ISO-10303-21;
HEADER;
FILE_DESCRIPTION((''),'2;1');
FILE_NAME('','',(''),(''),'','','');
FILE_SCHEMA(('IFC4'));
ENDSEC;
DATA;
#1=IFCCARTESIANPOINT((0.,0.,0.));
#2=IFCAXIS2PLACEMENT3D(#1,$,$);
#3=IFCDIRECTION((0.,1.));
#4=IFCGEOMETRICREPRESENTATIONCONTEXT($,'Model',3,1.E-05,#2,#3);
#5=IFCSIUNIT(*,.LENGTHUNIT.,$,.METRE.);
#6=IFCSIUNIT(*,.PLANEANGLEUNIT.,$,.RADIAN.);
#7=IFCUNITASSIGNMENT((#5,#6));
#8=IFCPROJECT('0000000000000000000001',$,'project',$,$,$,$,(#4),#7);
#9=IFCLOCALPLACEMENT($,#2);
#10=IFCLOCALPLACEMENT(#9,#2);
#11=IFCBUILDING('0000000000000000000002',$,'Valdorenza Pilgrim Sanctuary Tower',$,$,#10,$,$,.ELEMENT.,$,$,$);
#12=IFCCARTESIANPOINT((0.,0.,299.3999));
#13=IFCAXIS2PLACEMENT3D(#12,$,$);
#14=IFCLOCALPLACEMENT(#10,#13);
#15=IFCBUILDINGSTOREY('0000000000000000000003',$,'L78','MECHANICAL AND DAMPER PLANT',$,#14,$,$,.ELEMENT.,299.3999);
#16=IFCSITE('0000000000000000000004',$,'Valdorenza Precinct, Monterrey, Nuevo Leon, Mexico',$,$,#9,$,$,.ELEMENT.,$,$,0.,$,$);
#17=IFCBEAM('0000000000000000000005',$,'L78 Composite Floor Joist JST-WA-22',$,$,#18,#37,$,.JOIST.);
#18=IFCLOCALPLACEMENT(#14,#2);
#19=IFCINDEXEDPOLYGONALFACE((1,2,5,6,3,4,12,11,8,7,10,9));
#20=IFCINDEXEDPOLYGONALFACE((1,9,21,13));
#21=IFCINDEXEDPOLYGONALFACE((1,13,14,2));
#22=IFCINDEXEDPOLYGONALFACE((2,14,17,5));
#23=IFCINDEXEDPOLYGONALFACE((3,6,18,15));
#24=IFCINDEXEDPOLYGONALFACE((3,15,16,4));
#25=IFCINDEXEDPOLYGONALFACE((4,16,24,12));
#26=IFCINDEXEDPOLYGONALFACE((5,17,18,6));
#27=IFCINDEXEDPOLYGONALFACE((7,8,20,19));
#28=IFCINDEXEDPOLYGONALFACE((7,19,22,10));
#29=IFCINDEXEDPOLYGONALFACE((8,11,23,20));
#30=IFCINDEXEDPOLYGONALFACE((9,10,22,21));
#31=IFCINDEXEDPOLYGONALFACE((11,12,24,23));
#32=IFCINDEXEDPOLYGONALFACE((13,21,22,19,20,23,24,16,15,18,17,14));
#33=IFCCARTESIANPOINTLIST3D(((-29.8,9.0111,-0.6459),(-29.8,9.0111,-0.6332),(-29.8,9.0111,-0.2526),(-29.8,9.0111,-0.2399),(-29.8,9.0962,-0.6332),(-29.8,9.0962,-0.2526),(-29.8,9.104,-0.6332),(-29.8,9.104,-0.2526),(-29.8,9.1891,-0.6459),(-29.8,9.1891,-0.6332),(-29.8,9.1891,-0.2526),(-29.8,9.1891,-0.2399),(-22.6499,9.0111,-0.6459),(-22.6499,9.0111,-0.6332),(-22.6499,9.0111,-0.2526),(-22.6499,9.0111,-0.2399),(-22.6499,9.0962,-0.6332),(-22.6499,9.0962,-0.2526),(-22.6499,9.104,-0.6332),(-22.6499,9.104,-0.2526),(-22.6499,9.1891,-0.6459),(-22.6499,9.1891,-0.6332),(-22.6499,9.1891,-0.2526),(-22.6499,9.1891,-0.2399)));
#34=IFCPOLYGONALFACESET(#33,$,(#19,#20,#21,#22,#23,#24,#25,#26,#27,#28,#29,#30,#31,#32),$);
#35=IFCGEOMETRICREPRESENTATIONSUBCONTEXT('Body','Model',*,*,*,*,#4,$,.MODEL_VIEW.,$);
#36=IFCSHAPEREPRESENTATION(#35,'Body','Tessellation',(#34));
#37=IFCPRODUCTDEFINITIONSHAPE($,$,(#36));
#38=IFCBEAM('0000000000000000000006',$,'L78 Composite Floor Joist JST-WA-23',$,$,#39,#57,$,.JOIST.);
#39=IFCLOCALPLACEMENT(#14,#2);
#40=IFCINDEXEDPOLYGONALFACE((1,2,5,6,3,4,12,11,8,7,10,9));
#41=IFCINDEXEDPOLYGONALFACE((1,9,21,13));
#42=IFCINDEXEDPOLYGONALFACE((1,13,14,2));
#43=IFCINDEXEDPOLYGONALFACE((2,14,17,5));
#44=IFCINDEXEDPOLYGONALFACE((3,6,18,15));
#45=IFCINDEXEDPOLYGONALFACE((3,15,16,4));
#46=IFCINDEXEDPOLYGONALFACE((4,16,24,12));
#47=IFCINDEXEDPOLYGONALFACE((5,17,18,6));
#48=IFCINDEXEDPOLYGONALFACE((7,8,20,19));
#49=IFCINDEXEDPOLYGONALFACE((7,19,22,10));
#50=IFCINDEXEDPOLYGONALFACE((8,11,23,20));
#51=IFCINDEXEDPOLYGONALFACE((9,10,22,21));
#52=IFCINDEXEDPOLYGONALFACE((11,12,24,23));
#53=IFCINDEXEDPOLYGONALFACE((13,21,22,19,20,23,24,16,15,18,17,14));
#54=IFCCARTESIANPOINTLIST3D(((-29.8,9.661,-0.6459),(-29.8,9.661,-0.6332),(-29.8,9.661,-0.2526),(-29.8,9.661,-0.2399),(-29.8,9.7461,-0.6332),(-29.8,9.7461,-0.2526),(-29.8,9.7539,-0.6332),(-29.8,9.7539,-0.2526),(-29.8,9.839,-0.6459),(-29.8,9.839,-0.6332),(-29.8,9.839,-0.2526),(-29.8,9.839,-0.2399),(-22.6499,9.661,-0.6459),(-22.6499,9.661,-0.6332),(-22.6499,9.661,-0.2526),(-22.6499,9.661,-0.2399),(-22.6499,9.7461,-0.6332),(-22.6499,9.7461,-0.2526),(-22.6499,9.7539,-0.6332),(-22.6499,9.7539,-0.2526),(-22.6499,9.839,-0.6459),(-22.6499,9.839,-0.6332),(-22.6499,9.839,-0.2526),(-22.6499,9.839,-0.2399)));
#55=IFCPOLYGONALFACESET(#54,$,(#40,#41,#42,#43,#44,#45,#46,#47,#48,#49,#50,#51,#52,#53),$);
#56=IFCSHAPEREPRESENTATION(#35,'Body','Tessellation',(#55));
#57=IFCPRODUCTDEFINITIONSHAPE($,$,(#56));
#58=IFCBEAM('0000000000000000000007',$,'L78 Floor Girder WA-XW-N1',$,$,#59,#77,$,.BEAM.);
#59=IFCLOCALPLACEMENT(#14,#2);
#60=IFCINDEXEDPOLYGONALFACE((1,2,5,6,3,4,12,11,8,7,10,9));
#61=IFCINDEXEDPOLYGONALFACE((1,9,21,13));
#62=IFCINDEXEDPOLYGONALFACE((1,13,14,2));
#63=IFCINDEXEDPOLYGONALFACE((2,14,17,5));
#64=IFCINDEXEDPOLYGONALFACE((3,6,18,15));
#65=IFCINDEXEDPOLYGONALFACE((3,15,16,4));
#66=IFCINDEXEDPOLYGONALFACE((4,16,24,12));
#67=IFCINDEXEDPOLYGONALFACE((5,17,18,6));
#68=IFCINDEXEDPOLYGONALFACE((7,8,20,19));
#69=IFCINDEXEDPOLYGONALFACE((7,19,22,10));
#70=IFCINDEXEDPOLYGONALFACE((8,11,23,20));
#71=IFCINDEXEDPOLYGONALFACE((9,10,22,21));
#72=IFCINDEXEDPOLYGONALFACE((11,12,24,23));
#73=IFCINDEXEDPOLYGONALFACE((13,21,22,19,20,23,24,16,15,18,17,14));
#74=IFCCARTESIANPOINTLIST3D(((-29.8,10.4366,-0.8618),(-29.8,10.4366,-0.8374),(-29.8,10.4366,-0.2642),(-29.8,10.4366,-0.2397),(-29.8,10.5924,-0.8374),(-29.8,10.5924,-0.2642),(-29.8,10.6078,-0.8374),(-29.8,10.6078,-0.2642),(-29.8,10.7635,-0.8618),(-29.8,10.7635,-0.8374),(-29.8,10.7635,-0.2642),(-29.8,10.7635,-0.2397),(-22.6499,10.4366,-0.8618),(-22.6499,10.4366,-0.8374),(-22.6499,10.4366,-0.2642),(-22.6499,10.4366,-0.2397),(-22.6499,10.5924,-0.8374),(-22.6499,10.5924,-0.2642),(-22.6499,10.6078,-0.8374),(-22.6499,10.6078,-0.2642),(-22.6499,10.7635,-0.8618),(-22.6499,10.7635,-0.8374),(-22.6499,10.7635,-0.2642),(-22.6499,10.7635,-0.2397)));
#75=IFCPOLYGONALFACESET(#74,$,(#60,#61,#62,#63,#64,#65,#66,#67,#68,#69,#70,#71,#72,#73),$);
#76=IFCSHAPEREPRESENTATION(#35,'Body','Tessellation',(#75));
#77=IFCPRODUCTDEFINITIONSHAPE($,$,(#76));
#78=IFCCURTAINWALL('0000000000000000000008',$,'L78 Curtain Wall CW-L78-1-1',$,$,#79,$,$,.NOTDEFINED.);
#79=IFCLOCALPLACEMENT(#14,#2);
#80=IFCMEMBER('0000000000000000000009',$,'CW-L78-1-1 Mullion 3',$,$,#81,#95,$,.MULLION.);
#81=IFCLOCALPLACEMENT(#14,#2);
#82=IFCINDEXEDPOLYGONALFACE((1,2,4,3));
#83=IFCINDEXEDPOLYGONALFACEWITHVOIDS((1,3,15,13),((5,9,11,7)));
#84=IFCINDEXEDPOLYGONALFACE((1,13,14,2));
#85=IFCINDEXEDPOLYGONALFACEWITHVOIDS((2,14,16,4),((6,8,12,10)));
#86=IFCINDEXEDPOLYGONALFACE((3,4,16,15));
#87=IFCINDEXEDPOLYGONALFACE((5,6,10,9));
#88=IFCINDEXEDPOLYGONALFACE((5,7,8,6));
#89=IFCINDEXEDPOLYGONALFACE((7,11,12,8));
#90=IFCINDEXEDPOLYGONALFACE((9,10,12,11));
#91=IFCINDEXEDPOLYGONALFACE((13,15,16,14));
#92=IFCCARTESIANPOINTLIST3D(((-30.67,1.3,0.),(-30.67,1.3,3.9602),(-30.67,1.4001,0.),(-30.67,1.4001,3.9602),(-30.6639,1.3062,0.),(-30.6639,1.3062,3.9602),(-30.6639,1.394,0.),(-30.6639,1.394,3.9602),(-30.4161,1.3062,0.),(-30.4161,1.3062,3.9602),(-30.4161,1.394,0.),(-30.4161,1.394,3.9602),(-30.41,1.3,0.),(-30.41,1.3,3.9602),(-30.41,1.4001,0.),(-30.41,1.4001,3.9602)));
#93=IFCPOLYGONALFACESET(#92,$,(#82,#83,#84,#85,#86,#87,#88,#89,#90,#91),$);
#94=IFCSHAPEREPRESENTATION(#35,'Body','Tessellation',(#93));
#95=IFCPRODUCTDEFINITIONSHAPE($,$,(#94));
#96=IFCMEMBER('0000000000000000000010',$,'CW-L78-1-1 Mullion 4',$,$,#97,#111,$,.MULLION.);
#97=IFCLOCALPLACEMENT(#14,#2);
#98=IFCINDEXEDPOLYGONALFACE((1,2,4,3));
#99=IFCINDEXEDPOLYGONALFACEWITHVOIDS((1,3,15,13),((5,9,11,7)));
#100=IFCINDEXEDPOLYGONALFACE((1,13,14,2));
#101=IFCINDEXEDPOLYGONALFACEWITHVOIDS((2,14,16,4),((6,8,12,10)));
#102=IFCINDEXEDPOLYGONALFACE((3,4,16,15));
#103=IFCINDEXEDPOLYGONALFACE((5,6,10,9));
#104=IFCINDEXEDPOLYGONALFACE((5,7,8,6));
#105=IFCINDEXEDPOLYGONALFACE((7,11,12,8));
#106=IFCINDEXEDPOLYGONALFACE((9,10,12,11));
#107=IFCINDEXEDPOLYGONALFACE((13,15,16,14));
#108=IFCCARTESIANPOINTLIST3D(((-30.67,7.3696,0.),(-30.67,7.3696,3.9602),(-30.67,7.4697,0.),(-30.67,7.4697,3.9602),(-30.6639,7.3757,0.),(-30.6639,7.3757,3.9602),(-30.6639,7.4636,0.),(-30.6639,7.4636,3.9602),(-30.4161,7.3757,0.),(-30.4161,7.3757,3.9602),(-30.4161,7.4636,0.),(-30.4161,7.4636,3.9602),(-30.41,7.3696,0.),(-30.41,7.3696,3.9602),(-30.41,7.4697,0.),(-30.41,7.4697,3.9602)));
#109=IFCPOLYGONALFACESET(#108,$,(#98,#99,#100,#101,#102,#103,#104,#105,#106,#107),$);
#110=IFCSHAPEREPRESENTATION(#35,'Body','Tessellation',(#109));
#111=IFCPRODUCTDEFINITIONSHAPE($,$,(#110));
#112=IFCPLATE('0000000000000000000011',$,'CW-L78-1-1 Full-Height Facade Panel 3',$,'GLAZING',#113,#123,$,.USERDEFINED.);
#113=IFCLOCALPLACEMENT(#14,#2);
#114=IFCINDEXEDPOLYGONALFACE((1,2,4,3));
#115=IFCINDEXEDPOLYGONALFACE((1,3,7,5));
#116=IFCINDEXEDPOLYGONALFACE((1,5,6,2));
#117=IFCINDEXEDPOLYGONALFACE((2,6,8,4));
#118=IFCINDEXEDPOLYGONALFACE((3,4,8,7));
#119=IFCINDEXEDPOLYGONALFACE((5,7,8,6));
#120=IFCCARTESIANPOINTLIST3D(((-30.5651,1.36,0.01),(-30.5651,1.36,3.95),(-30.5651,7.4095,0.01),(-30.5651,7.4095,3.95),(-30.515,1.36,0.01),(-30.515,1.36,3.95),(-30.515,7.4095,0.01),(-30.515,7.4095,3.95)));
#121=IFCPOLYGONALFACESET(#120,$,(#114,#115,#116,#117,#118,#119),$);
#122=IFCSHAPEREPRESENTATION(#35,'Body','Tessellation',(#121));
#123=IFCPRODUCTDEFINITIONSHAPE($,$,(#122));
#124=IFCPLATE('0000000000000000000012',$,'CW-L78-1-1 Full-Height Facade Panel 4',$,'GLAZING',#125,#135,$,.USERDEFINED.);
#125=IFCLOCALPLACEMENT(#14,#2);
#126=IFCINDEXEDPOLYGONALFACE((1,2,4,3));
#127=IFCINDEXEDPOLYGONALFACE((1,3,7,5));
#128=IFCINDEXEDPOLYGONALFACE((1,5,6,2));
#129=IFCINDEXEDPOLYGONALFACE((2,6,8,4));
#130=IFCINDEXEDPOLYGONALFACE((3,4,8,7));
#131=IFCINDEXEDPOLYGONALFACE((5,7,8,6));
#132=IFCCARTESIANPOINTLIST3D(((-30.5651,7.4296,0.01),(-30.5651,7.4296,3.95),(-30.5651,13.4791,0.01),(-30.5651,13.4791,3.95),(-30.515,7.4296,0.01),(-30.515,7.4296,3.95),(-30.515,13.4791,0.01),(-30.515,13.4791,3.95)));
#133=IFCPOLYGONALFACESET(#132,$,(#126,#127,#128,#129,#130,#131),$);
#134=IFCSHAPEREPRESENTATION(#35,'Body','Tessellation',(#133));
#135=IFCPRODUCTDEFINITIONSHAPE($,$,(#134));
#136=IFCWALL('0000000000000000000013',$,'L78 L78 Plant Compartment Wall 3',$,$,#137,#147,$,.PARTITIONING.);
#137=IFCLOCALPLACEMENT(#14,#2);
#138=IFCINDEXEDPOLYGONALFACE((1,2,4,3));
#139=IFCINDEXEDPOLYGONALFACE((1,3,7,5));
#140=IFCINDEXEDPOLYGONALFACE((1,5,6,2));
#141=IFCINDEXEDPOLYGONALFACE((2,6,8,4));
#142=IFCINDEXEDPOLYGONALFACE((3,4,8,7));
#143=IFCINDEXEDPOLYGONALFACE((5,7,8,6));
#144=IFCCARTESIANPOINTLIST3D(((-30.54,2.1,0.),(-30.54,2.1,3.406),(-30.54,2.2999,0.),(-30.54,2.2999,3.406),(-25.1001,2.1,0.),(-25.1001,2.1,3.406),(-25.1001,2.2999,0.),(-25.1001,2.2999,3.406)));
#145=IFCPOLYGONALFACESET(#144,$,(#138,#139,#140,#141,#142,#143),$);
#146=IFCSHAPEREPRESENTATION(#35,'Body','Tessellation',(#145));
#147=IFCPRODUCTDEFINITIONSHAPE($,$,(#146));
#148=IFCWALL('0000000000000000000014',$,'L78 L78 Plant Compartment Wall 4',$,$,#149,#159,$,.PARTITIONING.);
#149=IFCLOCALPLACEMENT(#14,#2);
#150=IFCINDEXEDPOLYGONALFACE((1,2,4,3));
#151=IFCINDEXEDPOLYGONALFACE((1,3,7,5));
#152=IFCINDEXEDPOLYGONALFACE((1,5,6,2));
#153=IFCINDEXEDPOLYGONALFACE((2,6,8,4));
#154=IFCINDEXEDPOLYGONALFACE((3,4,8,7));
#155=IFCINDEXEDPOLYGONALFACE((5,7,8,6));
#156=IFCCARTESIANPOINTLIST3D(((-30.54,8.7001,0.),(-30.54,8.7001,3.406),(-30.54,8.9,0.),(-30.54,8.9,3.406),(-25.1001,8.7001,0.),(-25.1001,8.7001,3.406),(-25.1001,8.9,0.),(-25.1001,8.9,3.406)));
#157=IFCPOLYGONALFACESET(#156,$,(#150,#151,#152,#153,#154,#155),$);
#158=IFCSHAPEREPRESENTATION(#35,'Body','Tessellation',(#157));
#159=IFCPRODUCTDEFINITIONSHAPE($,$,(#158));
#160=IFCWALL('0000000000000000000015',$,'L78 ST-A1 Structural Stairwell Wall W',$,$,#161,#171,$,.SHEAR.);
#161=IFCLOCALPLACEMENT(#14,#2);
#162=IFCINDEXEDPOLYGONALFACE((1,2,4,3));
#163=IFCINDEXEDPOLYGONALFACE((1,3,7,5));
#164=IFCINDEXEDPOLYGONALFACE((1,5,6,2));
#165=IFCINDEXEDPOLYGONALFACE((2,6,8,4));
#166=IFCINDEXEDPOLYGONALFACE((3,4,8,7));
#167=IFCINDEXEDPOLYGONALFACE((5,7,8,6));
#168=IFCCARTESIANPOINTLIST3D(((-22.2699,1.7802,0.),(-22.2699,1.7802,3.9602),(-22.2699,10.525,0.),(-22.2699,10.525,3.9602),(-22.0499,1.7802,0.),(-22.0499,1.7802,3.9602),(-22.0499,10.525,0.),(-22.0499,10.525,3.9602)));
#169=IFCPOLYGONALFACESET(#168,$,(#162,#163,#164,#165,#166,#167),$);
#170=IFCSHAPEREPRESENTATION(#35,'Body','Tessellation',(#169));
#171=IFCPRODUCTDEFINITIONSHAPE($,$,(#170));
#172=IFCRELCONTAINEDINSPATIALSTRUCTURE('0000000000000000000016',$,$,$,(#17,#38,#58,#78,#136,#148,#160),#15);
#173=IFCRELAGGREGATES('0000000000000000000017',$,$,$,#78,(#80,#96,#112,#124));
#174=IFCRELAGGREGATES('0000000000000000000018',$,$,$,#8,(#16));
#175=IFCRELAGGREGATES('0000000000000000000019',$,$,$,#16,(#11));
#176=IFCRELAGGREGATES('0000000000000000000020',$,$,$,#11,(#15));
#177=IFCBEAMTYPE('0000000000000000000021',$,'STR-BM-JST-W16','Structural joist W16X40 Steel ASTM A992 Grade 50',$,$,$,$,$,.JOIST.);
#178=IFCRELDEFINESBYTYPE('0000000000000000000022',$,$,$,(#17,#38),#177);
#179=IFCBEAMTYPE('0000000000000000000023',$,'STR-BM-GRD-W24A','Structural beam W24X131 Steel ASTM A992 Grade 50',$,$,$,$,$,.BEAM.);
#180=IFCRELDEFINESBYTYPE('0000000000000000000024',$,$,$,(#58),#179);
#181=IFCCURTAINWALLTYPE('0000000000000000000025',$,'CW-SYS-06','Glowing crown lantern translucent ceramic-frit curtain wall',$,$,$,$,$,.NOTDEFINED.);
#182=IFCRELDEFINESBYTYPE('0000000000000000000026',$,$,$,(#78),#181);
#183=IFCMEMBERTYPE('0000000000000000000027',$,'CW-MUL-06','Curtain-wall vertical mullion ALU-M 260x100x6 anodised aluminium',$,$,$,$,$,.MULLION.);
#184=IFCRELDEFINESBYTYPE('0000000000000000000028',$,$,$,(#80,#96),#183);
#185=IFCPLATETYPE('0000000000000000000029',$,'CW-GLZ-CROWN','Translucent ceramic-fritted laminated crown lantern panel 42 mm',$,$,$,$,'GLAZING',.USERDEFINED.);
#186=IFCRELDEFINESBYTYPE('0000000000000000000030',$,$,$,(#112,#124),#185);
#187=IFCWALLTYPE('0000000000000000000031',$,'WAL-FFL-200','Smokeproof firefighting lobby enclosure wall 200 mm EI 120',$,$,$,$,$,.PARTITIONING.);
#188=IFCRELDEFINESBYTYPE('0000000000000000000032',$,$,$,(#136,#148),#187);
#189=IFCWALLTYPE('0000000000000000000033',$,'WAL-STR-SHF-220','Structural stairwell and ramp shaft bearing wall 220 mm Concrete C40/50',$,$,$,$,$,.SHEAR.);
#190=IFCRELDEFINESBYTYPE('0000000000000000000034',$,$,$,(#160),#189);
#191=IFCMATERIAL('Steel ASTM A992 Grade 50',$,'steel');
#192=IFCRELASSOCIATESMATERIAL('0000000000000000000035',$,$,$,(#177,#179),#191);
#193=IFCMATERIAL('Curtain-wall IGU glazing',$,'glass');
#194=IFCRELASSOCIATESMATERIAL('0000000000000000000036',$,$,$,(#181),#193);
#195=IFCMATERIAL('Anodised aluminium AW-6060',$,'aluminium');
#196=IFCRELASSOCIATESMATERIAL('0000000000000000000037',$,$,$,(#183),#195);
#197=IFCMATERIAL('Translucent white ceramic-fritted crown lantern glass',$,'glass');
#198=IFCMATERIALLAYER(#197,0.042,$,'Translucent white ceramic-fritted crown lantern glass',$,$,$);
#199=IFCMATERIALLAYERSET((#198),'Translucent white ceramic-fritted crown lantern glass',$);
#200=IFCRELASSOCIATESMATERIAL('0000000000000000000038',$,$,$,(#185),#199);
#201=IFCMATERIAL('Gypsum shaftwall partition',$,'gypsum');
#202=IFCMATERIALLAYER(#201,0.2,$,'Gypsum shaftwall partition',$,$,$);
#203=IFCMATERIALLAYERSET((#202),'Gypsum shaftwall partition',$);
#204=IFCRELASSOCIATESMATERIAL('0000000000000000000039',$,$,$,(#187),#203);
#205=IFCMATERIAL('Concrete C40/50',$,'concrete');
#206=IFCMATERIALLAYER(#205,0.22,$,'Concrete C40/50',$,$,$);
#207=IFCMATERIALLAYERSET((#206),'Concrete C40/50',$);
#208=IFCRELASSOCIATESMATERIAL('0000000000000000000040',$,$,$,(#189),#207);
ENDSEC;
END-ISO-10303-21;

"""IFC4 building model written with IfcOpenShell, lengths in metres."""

from ifc_helpers import new_model, si_unit, direction, frame, frame_2d, origin, origin_2d, place, context, subcontext, project, spatial, rectangle, hollow_rectangle, i_section, extrude, source, transform, mapped, material, layer, layer_set, material_profile, profile_set, type_object, element, aggregate, save


model = new_model("IFC4")

# Units and contexts
model_context = context("Model", 3, precision=1e-05, world=origin(), true_north=direction((0.0, 1.0)))
body_context = subcontext(model_context, "Body", "Model", "MODEL_VIEW")
ifc_project = project(units=[si_unit("LENGTHUNIT", "METRE"), si_unit("PLANEANGLEUNIT", "RADIAN")], contexts=[model_context])

# Site, building, storey
site_placement = place(None, origin())
site = spatial("IfcSite", under=ifc_project, at=site_placement, Name="Valdorenza Precinct, Monterrey, Nuevo Leon, Mexico", CompositionType="ELEMENT", RefElevation=0.0)
building_placement = place(site_placement, origin())
building = spatial("IfcBuilding", under=site, at=building_placement, Name="Valdorenza Pilgrim Sanctuary Tower", CompositionType="ELEMENT")
storey_placement = place(building_placement, frame((0.0, 0.0, 299.3999)))
storey = spatial("IfcBuildingStorey", under=building, at=storey_placement, Name="L78", Description="MECHANICAL AND DAMPER PLANT", CompositionType="ELEMENT", Elevation=299.3999)

# Beams
ifc_material_1 = material(Name="Steel ASTM A992 Grade 50", Category="steel")
ifc_material_profile_1 = material_profile(ifc_material_1, i_section(OverallWidth=0.178, OverallDepth=0.406, WebThickness=0.0078, FlangeThickness=0.0127, at=origin_2d()), Name="W16X40")
ifc_profile_set_1 = profile_set([ifc_material_profile_1], Name="Steel ASTM A992 Grade 50")
beam_type_1 = type_object("IfcBeamType", Name="STR-BM-JST-W16", Description="Structural joist W16X40 Steel ASTM A992 Grade 50", PredefinedType="JOIST", material=ifc_profile_set_1)
shared_shape_1 = source(origin(), body_context, "Body", "SweptSolid", [
    extrude(i_section(OverallWidth=0.178, OverallDepth=0.406, WebThickness=0.0078, FlangeThickness=0.0127, at=origin_2d()), origin(), (0.0, 0.0, 1.0), 7.1501),
])
for number, where, z_axis, x_axis, name in (
    (1, (-29.8, 9.1001, -0.4429), (1.0, 0.0, 0.0), (0.0, 1.0, 0.0), "L78 Composite Floor Joist JST-WA-22"),
    (2, (-29.8, 9.75, -0.4429), (1.0, 0.0, 0.0), (0.0, 1.0, 0.0), "L78 Composite Floor Joist JST-WA-23"),
):
    element("IfcBeam", number, at=place(storey_placement, frame(where, z_axis=z_axis, x_axis=x_axis)), inside=storey, type_object=beam_type_1, Name=name, PredefinedType="JOIST", context=body_context, shape_type="MappedRepresentation", body=[
        mapped(shared_shape_1, transform((0.0, 0.0, 0.0), x_axis=(1.0, 0.0, 0.0), y_axis=(0.0, 1.0, 0.0), z_axis=(0.0, 0.0, 1.0), scale=1.0)),
    ])
ifc_material_profile_2 = material_profile(ifc_material_1, i_section(OverallWidth=0.3269, OverallDepth=0.6221, WebThickness=0.0154, FlangeThickness=0.0244, at=origin_2d()), Name="W24X131")
ifc_profile_set_2 = profile_set([ifc_material_profile_2], Name="Steel ASTM A992 Grade 50")
beam_type_2 = type_object("IfcBeamType", Name="STR-BM-GRD-W24A", Description="Structural beam W24X131 Steel ASTM A992 Grade 50", PredefinedType="BEAM", material=ifc_profile_set_2)
shared_shape_2 = source(origin(), body_context, "Body", "SweptSolid", [
    extrude(i_section(OverallWidth=0.3269, OverallDepth=0.6221, WebThickness=0.0154, FlangeThickness=0.0244, at=origin_2d()), origin(), (0.0, 0.0, 1.0), 7.1501),
])
beam_placement = place(storey_placement, frame((-29.8, 10.6001, -0.5508), z_axis=(1.0, 0.0, 0.0), x_axis=(0.0, 1.0, 0.0)))
element("IfcBeam", 3, at=beam_placement, inside=storey, type_object=beam_type_2, Name="L78 Floor Girder WA-XW-N1", PredefinedType="BEAM", context=body_context, shape_type="MappedRepresentation", body=[
    mapped(shared_shape_2, transform((0.0, 0.0, 0.0), x_axis=(1.0, 0.0, 0.0), y_axis=(0.0, 1.0, 0.0), z_axis=(0.0, 0.0, 1.0), scale=1.0)),
])

# Curtain wall, members, plates
ifc_material_2 = material(Name="Curtain-wall IGU glazing", Category="glass")
curtain_wall_type = type_object("IfcCurtainWallType", Name="CW-SYS-06", Description="Glowing crown lantern translucent ceramic-frit curtain wall", PredefinedType="NOTDEFINED", material=ifc_material_2)
curtain_wall_placement = place(storey_placement, origin())
curtain_wall = element("IfcCurtainWall", 4, at=curtain_wall_placement, inside=storey, type_object=curtain_wall_type, Name="L78 Curtain Wall CW-L78-1-1", PredefinedType="NOTDEFINED")
ifc_material_3 = material(Name="Anodised aluminium AW-6060", Category="aluminium")
ifc_material_profile_3 = material_profile(ifc_material_3, hollow_rectangle(XDim=0.1001, YDim=0.26, WallThickness=0.0061, at=origin_2d()), Name="ALU-M 260x100x6")
ifc_profile_set_3 = profile_set([ifc_material_profile_3], Name="Anodised aluminium AW-6060")
member_type = type_object("IfcMemberType", Name="CW-MUL-06", Description="Curtain-wall vertical mullion ALU-M 260x100x6 anodised aluminium", PredefinedType="MULLION", material=ifc_profile_set_3)
shared_shape_3 = source(origin(), body_context, "Body", "SweptSolid", [
    extrude(hollow_rectangle(XDim=0.1001, YDim=0.26, WallThickness=0.0061, at=origin_2d()), origin(), (0.0, 0.0, 1.0), 3.9602),
])
member_1_placement = place(storey_placement, frame((-30.54, 1.3501, 0.0), z_axis=(0.0, 0.0, 1.0), x_axis=(0.0, 1.0, 0.0)))
member_1 = element("IfcMember", 5, at=member_1_placement, type_object=member_type, Name="CW-L78-1-1 Mullion 3", PredefinedType="MULLION", context=body_context, shape_type="MappedRepresentation", body=[
    mapped(shared_shape_3, transform((0.0, 0.0, 0.0), x_axis=(1.0, 0.0, 0.0), y_axis=(0.0, 1.0, 0.0), z_axis=(0.0, 0.0, 1.0), scale=1.0)),
])
member_2_placement = place(storey_placement, frame((-30.54, 7.4197, 0.0), z_axis=(0.0, 0.0, 1.0), x_axis=(0.0, 1.0, 0.0)))
member_2 = element("IfcMember", 6, at=member_2_placement, type_object=member_type, Name="CW-L78-1-1 Mullion 4", PredefinedType="MULLION", context=body_context, shape_type="MappedRepresentation", body=[
    mapped(shared_shape_3, transform((0.0, 0.0, 0.0), x_axis=(1.0, 0.0, 0.0), y_axis=(0.0, 1.0, 0.0), z_axis=(0.0, 0.0, 1.0), scale=1.0)),
])
ifc_material_4 = material(Name="Translucent white ceramic-fritted crown lantern glass", Category="glass")
ifc_layer_1 = layer(ifc_material_4, 0.042, Name="Translucent white ceramic-fritted crown lantern glass")
ifc_layer_set_1 = layer_set([ifc_layer_1], Name="Translucent white ceramic-fritted crown lantern glass")
plate_type = type_object("IfcPlateType", Name="CW-GLZ-CROWN", Description="Translucent ceramic-fritted laminated crown lantern panel 42 mm", ElementType="GLAZING", PredefinedType="USERDEFINED", material=ifc_layer_set_1)
shared_shape_4 = source(origin(), body_context, "Body", "SweptSolid", [
    extrude(rectangle(XDim=6.0496, YDim=0.05, at=origin_2d()), origin(), (0.0, 0.0, 1.0), 3.9399),
])
plate_1_placement = place(storey_placement, frame((-30.54, 4.3848, 0.01), z_axis=(0.0, 0.0, 1.0), x_axis=(0.0, 1.0, 0.0)))
plate_1 = element("IfcPlate", 7, at=plate_1_placement, type_object=plate_type, Name="CW-L78-1-1 Full-Height Facade Panel 3", ObjectType="GLAZING", PredefinedType="USERDEFINED", context=body_context, shape_type="MappedRepresentation", body=[
    mapped(shared_shape_4, transform((0.0, 0.0, 0.0), x_axis=(1.0, 0.0, 0.0), y_axis=(0.0, 1.0, 0.0), z_axis=(0.0, 0.0, 1.0), scale=1.0)),
])
plate_2_placement = place(storey_placement, frame((-30.54, 10.4543, 0.01), z_axis=(0.0, 0.0, 1.0), x_axis=(0.0, 1.0, 0.0)))
plate_2 = element("IfcPlate", 8, at=plate_2_placement, type_object=plate_type, Name="CW-L78-1-1 Full-Height Facade Panel 4", ObjectType="GLAZING", PredefinedType="USERDEFINED", context=body_context, shape_type="MappedRepresentation", body=[
    mapped(shared_shape_4, transform((0.0, 0.0, 0.0), x_axis=(1.0, 0.0, 0.0), y_axis=(0.0, 1.0, 0.0), z_axis=(0.0, 0.0, 1.0), scale=1.0)),
])
aggregate(curtain_wall, [member_1, member_2, plate_1, plate_2])

# Walls
ifc_material_5 = material(Name="Gypsum shaftwall partition", Category="gypsum")
ifc_layer_2 = layer(ifc_material_5, 0.2, Name="Gypsum shaftwall partition")
ifc_layer_set_2 = layer_set([ifc_layer_2], Name="Gypsum shaftwall partition")
wall_type_1 = type_object("IfcWallType", Name="WAL-FFL-200", Description="Smokeproof firefighting lobby enclosure wall 200 mm EI 120", PredefinedType="PARTITIONING", material=ifc_layer_set_2)
for number, where, z_axis, x_axis, name in (
    (9, (-30.54, 2.2, 0.0), (0.0, 0.0, 1.0), (1.0, 0.0, 0.0), "L78 L78 Plant Compartment Wall 3"),
    (10, (-30.54, 8.8, 0.0), (0.0, 0.0, 1.0), (1.0, 0.0, 0.0), "L78 L78 Plant Compartment Wall 4"),
):
    element("IfcWall", number, at=place(storey_placement, frame(where, z_axis=z_axis, x_axis=x_axis)), inside=storey, type_object=wall_type_1, Name=name, PredefinedType="PARTITIONING", context=body_context, shape_type="SweptSolid", body=[
        extrude(rectangle(XDim=5.4399, YDim=0.2, at=frame_2d((2.72, 0.0))), origin(), (0.0, 0.0, 1.0), 3.406),
    ])
ifc_material_6 = material(Name="Concrete C40/50", Category="concrete")
ifc_layer_3 = layer(ifc_material_6, 0.22, Name="Concrete C40/50")
ifc_layer_set_3 = layer_set([ifc_layer_3], Name="Concrete C40/50")
wall_type_2 = type_object("IfcWallType", Name="WAL-STR-SHF-220", Description="Structural stairwell and ramp shaft bearing wall 220 mm Concrete C40/50", PredefinedType="SHEAR", material=ifc_layer_set_3)
wall_placement = place(storey_placement, frame((-22.1599, 1.78, 0.0), z_axis=(0.0, 0.0, 1.0), x_axis=(0.0, 1.0, 0.0)))
element("IfcWall", 11, at=wall_placement, inside=storey, type_object=wall_type_2, Name="L78 ST-A1 Structural Stairwell Wall W", PredefinedType="SHEAR", context=body_context, shape_type="SweptSolid", body=[
    extrude(rectangle(XDim=8.7449, YDim=0.22, at=frame_2d((4.3726, 0.0))), origin(), (0.0, 0.0, 1.0), 3.9602),
])

save(model, "model.ifc")
